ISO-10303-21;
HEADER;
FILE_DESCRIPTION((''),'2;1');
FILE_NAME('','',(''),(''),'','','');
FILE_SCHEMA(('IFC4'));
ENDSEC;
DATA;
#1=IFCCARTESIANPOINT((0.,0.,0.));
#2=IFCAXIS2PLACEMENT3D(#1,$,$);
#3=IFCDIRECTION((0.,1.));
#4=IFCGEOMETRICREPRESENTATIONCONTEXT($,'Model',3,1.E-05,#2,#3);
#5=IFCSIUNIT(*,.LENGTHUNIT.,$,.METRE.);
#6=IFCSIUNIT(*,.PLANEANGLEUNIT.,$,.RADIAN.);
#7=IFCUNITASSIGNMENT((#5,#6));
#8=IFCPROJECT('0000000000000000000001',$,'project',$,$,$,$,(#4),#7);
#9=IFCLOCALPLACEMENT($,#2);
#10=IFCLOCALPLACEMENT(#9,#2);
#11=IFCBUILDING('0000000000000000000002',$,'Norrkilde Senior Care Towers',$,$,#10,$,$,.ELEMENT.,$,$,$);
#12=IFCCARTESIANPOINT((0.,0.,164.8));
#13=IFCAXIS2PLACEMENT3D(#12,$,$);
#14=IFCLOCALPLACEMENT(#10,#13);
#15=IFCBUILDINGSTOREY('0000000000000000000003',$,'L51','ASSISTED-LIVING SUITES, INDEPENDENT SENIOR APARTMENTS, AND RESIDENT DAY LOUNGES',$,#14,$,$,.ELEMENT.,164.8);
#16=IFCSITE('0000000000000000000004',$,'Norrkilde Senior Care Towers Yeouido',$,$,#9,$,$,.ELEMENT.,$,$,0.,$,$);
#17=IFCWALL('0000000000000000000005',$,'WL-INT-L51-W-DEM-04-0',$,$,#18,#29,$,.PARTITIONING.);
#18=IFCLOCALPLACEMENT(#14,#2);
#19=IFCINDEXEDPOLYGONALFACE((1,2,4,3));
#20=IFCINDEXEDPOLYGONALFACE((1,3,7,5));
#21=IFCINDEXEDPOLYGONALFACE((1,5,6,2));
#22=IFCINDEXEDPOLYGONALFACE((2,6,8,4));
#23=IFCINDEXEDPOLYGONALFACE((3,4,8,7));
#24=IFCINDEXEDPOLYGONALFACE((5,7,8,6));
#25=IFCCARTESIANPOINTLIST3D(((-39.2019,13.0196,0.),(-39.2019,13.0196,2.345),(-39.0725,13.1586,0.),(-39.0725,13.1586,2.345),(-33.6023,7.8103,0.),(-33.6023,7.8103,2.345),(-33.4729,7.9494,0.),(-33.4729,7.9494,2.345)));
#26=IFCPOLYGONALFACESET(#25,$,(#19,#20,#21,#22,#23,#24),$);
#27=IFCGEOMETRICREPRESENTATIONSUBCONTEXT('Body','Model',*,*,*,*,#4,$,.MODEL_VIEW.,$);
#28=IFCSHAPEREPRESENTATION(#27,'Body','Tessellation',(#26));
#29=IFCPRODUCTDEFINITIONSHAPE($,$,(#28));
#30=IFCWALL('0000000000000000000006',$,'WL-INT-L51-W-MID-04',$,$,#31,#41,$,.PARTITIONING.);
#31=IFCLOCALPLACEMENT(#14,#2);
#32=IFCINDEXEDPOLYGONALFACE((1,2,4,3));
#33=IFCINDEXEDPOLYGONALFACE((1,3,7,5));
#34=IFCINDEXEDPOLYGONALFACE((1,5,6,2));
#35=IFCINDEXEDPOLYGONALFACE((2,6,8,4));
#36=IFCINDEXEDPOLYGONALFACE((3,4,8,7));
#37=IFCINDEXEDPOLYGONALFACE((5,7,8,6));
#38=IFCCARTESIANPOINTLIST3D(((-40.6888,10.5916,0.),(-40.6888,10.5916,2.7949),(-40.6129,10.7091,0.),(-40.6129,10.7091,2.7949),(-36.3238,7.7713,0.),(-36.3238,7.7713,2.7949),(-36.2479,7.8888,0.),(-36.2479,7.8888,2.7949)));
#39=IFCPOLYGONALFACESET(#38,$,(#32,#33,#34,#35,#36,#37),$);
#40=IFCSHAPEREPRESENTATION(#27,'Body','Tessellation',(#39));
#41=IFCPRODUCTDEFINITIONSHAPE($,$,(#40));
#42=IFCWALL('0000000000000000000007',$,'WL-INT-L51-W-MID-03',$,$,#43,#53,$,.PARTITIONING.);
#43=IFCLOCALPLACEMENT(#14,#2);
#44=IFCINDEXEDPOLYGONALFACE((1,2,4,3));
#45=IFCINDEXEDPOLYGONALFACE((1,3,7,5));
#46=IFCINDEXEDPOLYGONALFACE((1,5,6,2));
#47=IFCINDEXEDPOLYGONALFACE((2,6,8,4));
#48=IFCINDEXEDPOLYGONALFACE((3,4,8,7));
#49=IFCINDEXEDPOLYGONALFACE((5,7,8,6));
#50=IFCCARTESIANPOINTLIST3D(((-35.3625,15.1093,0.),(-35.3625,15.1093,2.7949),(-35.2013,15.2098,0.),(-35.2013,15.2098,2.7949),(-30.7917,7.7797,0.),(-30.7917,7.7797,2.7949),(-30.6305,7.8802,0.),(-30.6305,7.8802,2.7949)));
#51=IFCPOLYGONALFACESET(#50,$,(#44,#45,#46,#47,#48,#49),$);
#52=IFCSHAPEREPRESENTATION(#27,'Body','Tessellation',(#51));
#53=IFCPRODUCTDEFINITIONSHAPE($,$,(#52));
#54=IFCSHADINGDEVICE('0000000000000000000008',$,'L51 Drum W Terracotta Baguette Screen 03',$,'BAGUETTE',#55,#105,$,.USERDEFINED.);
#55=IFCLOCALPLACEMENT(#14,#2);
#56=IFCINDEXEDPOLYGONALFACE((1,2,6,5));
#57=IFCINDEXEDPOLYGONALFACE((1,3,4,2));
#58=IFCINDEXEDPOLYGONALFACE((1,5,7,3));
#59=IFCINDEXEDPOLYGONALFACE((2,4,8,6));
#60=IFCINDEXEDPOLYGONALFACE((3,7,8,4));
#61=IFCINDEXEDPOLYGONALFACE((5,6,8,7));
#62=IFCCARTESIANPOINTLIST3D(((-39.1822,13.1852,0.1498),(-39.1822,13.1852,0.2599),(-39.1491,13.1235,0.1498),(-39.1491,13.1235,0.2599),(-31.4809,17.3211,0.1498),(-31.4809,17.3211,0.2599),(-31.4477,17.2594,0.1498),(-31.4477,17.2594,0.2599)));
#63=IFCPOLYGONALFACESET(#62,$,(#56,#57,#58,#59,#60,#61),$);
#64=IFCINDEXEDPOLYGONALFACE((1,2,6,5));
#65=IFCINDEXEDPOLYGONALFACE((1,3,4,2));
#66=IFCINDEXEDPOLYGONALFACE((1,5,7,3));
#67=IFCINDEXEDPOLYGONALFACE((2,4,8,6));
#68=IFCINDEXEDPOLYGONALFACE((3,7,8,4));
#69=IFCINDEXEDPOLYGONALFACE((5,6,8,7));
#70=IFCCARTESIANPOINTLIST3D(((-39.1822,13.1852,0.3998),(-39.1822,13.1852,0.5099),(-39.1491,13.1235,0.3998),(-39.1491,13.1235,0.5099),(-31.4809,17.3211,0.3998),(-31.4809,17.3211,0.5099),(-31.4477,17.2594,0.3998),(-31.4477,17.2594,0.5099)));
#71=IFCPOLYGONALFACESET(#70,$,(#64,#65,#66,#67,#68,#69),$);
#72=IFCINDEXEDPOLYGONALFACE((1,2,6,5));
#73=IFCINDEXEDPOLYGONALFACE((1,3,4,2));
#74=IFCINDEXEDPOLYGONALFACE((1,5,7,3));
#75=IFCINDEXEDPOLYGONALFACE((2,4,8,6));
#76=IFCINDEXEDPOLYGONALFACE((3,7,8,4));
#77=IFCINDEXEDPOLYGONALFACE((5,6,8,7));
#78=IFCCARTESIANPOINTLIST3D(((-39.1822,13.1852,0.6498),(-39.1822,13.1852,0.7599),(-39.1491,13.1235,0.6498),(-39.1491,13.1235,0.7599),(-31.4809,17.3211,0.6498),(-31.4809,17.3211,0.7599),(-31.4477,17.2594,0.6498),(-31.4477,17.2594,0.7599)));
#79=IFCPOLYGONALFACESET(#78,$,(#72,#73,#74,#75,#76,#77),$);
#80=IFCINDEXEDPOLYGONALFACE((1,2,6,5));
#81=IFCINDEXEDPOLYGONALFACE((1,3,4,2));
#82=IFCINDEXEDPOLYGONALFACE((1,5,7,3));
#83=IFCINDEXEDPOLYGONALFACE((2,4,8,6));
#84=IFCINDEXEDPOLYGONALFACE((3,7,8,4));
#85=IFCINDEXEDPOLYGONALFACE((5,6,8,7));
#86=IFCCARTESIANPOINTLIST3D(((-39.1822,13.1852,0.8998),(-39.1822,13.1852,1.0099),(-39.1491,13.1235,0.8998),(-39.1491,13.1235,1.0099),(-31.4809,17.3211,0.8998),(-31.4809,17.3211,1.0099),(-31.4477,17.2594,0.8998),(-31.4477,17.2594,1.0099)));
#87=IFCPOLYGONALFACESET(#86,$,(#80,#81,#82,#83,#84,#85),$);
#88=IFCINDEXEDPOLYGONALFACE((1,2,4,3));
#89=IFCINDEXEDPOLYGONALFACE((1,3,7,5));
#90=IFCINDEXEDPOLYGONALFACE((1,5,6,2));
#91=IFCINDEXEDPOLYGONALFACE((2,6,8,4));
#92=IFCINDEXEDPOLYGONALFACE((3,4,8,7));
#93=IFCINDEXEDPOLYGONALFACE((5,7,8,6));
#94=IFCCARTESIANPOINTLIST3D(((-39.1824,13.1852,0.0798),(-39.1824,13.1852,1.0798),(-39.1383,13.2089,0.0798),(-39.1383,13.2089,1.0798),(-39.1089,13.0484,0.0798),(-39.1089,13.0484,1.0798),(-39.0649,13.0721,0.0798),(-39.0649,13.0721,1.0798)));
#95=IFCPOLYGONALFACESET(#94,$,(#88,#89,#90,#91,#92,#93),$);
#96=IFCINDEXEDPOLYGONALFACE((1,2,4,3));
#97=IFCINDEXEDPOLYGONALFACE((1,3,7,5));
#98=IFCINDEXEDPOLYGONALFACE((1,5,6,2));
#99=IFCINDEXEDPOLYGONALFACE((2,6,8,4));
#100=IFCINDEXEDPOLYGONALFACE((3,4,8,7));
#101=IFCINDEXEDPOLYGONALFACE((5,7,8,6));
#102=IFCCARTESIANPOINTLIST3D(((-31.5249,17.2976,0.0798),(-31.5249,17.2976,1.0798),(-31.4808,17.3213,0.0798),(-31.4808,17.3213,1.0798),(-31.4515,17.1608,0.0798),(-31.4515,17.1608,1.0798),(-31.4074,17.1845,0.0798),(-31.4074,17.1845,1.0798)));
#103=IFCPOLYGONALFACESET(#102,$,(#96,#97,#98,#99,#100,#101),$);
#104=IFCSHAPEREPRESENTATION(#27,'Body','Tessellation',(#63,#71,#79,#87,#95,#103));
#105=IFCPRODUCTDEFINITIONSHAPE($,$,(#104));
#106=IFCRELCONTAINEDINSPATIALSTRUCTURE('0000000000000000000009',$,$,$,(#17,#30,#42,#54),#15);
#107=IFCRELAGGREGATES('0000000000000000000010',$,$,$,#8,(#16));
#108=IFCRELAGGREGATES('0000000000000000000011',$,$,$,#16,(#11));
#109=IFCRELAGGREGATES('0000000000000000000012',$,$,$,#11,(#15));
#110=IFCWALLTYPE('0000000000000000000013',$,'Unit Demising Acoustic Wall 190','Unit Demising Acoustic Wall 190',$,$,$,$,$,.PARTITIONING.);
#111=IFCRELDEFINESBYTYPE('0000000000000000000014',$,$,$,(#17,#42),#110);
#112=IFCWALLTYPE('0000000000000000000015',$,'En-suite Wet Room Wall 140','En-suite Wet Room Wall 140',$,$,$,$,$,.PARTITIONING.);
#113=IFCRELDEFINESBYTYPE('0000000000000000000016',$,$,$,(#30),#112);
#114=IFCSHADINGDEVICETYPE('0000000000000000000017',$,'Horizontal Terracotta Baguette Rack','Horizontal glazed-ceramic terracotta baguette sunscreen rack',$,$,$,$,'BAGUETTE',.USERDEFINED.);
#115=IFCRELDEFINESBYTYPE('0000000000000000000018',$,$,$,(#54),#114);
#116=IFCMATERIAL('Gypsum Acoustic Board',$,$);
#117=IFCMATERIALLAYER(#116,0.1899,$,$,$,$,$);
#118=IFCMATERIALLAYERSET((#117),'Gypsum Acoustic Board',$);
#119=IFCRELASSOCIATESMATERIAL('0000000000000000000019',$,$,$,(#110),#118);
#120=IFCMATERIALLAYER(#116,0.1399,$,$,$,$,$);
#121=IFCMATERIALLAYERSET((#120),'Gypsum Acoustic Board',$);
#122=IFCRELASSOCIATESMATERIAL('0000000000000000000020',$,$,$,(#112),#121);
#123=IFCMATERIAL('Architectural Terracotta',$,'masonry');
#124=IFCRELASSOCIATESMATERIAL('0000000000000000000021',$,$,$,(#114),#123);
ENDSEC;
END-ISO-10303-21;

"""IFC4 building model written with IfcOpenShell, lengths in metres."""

from ifc_helpers import new_model, si_unit, direction, frame, frame_2d, origin, origin_2d, place, context, subcontext, project, spatial, rectangle, extrude, source, transform, mapped, material, layer, layer_set, type_object, type_shapes, element, save


model = new_model("IFC4")

# Units and contexts
model_context = context("Model", 3, precision=1e-05, world=origin(), true_north=direction((0.0, 1.0)))
body_context = subcontext(model_context, "Body", "Model", "MODEL_VIEW")
ifc_project = project(units=[si_unit("LENGTHUNIT", "METRE"), si_unit("PLANEANGLEUNIT", "RADIAN")], contexts=[model_context])

# Site, building, storey
site_placement = place(None, origin())
site = spatial("IfcSite", under=ifc_project, at=site_placement, Name="Norrkilde Senior Care Towers Yeouido", CompositionType="ELEMENT", RefElevation=0.0)
building_placement = place(site_placement, origin())
building = spatial("IfcBuilding", under=site, at=building_placement, Name="Norrkilde Senior Care Towers", CompositionType="ELEMENT")
storey_placement = place(building_placement, frame((0.0, 0.0, 164.8)))
storey = spatial("IfcBuildingStorey", under=building, at=storey_placement, Name="L51", Description="ASSISTED-LIVING SUITES, INDEPENDENT SENIOR APARTMENTS, AND RESIDENT DAY LOUNGES", CompositionType="ELEMENT", Elevation=164.8)

# Shared definitions
ifc_material_1 = material(Name="Gypsum Acoustic Board")

# Walls
ifc_layer_1 = layer(ifc_material_1, 0.1899)
ifc_layer_set_1 = layer_set([ifc_layer_1], Name="Gypsum Acoustic Board")
wall_type_1 = type_object("IfcWallType", Name="Unit Demising Acoustic Wall 190", Description="Unit Demising Acoustic Wall 190", PredefinedType="PARTITIONING", material=ifc_layer_set_1)
shared_shape_1 = source(origin(), body_context, "Body", "SweptSolid", [
    extrude(rectangle(XDim=7.6479, YDim=0.1899, at=frame_2d((3.824, 0.0))), origin(), (0.0, 0.0, 1.0), 2.345),
])
wall_1_placement = place(storey_placement, frame((-33.5376, 7.8799, 0.0), z_axis=(0.0, 0.0, 1.0), x_axis=(-0.732168, 0.681124, 0.0)))
element("IfcWall", 1, at=wall_1_placement, inside=storey, type_object=wall_type_1, Name="WL-INT-L51-W-DEM-04-0", PredefinedType="PARTITIONING", context=body_context, shape_type="MappedRepresentation", body=[
    mapped(shared_shape_1, transform((0.0, 0.0, 0.0), x_axis=(1.0, 0.0, 0.0), y_axis=(0.0, 1.0, 0.0), z_axis=(0.0, 0.0, 1.0), scale=1.0)),
])
ifc_layer_2 = layer(ifc_material_1, 0.1399)
ifc_layer_set_2 = layer_set([ifc_layer_2], Name="Gypsum Acoustic Board")
wall_type_2 = type_object("IfcWallType", Name="En-suite Wet Room Wall 140", Description="En-suite Wet Room Wall 140", PredefinedType="PARTITIONING", material=ifc_layer_set_2)
shared_shape_2 = source(origin(), body_context, "Body", "SweptSolid", [
    extrude(rectangle(XDim=5.1968, YDim=0.1399, at=frame_2d((2.5984, 0.0))), origin(), (0.0, 0.0, 1.0), 2.7949),
])
type_shapes(wall_type_2, [shared_shape_2])
wall_2_placement = place(storey_placement, frame((-36.2859, 7.8301, 0.0), z_axis=(0.0, 0.0, 1.0), x_axis=(-0.839929, 0.542696, 0.0)))
element("IfcWall", 2, at=wall_2_placement, inside=storey, type_object=wall_type_2, Name="WL-INT-L51-W-MID-04", PredefinedType="PARTITIONING", context=body_context, shape_type="MappedRepresentation", body=[
    mapped(shared_shape_2, transform((0.0, 0.0, 0.0), x_axis=(1.0, 0.0, 0.0), y_axis=(0.0, 1.0, 0.0), z_axis=(0.0, 0.0, 1.0), scale=1.0)),
])
shared_shape_3 = source(origin(), body_context, "Body", "SweptSolid", [
    extrude(rectangle(XDim=8.6379, YDim=0.1899, at=frame_2d((4.3188, 0.0))), origin(), (0.0, 0.0, 1.0), 2.7949),
])
type_shapes(wall_type_1, [shared_shape_1, shared_shape_3])
wall_3_placement = place(storey_placement, frame((-30.7112, 7.8301, 0.0), z_axis=(0.0, 0.0, 1.0), x_axis=(-0.52915, 0.848528, 0.0)))
element("IfcWall", 3, at=wall_3_placement, inside=storey, type_object=wall_type_1, Name="WL-INT-L51-W-MID-03", PredefinedType="PARTITIONING", context=body_context, shape_type="MappedRepresentation", body=[
    mapped(shared_shape_3, transform((0.0, 0.0, 0.0), x_axis=(1.0, 0.0, 0.0), y_axis=(0.0, 1.0, 0.0), z_axis=(0.0, 0.0, 1.0), scale=1.0)),
])

# Shading device
ifc_material_2 = material(Name="Architectural Terracotta", Category="masonry")
shading_device_type = type_object("IfcShadingDeviceType", Name="Horizontal Terracotta Baguette Rack", Description="Horizontal glazed-ceramic terracotta baguette sunscreen rack", ElementType="BAGUETTE", PredefinedType="USERDEFINED", material=ifc_material_2)
shared_shape_4 = source(origin(), body_context, "Body", "SweptSolid", [
    extrude(rectangle(XDim=0.0701, YDim=0.1101, at=origin_2d()), frame((0.0, 0.0901, 0.125), z_axis=(1.0, 0.0, 0.0), x_axis=(0.0, 1.0, 0.0)), (0.0, 0.0, 1.0), 8.7417),
    extrude(rectangle(XDim=0.0701, YDim=0.1101, at=origin_2d()), frame((0.0, 0.0901, 0.375), z_axis=(1.0, 0.0, 0.0), x_axis=(0.0, 1.0, 0.0)), (0.0, 0.0, 1.0), 8.7417),
    extrude(rectangle(XDim=0.0701, YDim=0.1101, at=origin_2d()), frame((0.0, 0.0901, 0.625), z_axis=(1.0, 0.0, 0.0), x_axis=(0.0, 1.0, 0.0)), (0.0, 0.0, 1.0), 8.7417),
    extrude(rectangle(XDim=0.0701, YDim=0.1101, at=origin_2d()), frame((0.0, 0.0901, 0.875), z_axis=(1.0, 0.0, 0.0), x_axis=(0.0, 1.0, 0.0)), (0.0, 0.0, 1.0), 8.7417),
    extrude(rectangle(XDim=0.05, YDim=0.1553, at=origin_2d()), frame((0.0249, 0.0476, 0.0)), (0.0, 0.0, 1.0), 1.0),
    extrude(rectangle(XDim=0.05, YDim=0.1553, at=origin_2d()), frame((8.7168, 0.0476, 0.0)), (0.0, 0.0, 1.0), 1.0),
])
type_shapes(shading_device_type, [shared_shape_4])
shading_device_placement = place(storey_placement, frame((-39.123, 13.075, 0.0798), z_axis=(0.0, 0.0, 1.0), x_axis=(0.880998, 0.473133, 0.0)))
element("IfcShadingDevice", 4, at=shading_device_placement, inside=storey, type_object=shading_device_type, Name="L51 Drum W Terracotta Baguette Screen 03", ObjectType="BAGUETTE", PredefinedType="USERDEFINED", context=body_context, shape_type="MappedRepresentation", body=[
    mapped(shared_shape_4, transform((0.0, 0.0, 0.0), x_axis=(1.0, 0.0, 0.0), y_axis=(0.0, 1.0, 0.0), z_axis=(0.0, 0.0, 1.0), scale=1.0)),
])

save(model, "model.ifc")
